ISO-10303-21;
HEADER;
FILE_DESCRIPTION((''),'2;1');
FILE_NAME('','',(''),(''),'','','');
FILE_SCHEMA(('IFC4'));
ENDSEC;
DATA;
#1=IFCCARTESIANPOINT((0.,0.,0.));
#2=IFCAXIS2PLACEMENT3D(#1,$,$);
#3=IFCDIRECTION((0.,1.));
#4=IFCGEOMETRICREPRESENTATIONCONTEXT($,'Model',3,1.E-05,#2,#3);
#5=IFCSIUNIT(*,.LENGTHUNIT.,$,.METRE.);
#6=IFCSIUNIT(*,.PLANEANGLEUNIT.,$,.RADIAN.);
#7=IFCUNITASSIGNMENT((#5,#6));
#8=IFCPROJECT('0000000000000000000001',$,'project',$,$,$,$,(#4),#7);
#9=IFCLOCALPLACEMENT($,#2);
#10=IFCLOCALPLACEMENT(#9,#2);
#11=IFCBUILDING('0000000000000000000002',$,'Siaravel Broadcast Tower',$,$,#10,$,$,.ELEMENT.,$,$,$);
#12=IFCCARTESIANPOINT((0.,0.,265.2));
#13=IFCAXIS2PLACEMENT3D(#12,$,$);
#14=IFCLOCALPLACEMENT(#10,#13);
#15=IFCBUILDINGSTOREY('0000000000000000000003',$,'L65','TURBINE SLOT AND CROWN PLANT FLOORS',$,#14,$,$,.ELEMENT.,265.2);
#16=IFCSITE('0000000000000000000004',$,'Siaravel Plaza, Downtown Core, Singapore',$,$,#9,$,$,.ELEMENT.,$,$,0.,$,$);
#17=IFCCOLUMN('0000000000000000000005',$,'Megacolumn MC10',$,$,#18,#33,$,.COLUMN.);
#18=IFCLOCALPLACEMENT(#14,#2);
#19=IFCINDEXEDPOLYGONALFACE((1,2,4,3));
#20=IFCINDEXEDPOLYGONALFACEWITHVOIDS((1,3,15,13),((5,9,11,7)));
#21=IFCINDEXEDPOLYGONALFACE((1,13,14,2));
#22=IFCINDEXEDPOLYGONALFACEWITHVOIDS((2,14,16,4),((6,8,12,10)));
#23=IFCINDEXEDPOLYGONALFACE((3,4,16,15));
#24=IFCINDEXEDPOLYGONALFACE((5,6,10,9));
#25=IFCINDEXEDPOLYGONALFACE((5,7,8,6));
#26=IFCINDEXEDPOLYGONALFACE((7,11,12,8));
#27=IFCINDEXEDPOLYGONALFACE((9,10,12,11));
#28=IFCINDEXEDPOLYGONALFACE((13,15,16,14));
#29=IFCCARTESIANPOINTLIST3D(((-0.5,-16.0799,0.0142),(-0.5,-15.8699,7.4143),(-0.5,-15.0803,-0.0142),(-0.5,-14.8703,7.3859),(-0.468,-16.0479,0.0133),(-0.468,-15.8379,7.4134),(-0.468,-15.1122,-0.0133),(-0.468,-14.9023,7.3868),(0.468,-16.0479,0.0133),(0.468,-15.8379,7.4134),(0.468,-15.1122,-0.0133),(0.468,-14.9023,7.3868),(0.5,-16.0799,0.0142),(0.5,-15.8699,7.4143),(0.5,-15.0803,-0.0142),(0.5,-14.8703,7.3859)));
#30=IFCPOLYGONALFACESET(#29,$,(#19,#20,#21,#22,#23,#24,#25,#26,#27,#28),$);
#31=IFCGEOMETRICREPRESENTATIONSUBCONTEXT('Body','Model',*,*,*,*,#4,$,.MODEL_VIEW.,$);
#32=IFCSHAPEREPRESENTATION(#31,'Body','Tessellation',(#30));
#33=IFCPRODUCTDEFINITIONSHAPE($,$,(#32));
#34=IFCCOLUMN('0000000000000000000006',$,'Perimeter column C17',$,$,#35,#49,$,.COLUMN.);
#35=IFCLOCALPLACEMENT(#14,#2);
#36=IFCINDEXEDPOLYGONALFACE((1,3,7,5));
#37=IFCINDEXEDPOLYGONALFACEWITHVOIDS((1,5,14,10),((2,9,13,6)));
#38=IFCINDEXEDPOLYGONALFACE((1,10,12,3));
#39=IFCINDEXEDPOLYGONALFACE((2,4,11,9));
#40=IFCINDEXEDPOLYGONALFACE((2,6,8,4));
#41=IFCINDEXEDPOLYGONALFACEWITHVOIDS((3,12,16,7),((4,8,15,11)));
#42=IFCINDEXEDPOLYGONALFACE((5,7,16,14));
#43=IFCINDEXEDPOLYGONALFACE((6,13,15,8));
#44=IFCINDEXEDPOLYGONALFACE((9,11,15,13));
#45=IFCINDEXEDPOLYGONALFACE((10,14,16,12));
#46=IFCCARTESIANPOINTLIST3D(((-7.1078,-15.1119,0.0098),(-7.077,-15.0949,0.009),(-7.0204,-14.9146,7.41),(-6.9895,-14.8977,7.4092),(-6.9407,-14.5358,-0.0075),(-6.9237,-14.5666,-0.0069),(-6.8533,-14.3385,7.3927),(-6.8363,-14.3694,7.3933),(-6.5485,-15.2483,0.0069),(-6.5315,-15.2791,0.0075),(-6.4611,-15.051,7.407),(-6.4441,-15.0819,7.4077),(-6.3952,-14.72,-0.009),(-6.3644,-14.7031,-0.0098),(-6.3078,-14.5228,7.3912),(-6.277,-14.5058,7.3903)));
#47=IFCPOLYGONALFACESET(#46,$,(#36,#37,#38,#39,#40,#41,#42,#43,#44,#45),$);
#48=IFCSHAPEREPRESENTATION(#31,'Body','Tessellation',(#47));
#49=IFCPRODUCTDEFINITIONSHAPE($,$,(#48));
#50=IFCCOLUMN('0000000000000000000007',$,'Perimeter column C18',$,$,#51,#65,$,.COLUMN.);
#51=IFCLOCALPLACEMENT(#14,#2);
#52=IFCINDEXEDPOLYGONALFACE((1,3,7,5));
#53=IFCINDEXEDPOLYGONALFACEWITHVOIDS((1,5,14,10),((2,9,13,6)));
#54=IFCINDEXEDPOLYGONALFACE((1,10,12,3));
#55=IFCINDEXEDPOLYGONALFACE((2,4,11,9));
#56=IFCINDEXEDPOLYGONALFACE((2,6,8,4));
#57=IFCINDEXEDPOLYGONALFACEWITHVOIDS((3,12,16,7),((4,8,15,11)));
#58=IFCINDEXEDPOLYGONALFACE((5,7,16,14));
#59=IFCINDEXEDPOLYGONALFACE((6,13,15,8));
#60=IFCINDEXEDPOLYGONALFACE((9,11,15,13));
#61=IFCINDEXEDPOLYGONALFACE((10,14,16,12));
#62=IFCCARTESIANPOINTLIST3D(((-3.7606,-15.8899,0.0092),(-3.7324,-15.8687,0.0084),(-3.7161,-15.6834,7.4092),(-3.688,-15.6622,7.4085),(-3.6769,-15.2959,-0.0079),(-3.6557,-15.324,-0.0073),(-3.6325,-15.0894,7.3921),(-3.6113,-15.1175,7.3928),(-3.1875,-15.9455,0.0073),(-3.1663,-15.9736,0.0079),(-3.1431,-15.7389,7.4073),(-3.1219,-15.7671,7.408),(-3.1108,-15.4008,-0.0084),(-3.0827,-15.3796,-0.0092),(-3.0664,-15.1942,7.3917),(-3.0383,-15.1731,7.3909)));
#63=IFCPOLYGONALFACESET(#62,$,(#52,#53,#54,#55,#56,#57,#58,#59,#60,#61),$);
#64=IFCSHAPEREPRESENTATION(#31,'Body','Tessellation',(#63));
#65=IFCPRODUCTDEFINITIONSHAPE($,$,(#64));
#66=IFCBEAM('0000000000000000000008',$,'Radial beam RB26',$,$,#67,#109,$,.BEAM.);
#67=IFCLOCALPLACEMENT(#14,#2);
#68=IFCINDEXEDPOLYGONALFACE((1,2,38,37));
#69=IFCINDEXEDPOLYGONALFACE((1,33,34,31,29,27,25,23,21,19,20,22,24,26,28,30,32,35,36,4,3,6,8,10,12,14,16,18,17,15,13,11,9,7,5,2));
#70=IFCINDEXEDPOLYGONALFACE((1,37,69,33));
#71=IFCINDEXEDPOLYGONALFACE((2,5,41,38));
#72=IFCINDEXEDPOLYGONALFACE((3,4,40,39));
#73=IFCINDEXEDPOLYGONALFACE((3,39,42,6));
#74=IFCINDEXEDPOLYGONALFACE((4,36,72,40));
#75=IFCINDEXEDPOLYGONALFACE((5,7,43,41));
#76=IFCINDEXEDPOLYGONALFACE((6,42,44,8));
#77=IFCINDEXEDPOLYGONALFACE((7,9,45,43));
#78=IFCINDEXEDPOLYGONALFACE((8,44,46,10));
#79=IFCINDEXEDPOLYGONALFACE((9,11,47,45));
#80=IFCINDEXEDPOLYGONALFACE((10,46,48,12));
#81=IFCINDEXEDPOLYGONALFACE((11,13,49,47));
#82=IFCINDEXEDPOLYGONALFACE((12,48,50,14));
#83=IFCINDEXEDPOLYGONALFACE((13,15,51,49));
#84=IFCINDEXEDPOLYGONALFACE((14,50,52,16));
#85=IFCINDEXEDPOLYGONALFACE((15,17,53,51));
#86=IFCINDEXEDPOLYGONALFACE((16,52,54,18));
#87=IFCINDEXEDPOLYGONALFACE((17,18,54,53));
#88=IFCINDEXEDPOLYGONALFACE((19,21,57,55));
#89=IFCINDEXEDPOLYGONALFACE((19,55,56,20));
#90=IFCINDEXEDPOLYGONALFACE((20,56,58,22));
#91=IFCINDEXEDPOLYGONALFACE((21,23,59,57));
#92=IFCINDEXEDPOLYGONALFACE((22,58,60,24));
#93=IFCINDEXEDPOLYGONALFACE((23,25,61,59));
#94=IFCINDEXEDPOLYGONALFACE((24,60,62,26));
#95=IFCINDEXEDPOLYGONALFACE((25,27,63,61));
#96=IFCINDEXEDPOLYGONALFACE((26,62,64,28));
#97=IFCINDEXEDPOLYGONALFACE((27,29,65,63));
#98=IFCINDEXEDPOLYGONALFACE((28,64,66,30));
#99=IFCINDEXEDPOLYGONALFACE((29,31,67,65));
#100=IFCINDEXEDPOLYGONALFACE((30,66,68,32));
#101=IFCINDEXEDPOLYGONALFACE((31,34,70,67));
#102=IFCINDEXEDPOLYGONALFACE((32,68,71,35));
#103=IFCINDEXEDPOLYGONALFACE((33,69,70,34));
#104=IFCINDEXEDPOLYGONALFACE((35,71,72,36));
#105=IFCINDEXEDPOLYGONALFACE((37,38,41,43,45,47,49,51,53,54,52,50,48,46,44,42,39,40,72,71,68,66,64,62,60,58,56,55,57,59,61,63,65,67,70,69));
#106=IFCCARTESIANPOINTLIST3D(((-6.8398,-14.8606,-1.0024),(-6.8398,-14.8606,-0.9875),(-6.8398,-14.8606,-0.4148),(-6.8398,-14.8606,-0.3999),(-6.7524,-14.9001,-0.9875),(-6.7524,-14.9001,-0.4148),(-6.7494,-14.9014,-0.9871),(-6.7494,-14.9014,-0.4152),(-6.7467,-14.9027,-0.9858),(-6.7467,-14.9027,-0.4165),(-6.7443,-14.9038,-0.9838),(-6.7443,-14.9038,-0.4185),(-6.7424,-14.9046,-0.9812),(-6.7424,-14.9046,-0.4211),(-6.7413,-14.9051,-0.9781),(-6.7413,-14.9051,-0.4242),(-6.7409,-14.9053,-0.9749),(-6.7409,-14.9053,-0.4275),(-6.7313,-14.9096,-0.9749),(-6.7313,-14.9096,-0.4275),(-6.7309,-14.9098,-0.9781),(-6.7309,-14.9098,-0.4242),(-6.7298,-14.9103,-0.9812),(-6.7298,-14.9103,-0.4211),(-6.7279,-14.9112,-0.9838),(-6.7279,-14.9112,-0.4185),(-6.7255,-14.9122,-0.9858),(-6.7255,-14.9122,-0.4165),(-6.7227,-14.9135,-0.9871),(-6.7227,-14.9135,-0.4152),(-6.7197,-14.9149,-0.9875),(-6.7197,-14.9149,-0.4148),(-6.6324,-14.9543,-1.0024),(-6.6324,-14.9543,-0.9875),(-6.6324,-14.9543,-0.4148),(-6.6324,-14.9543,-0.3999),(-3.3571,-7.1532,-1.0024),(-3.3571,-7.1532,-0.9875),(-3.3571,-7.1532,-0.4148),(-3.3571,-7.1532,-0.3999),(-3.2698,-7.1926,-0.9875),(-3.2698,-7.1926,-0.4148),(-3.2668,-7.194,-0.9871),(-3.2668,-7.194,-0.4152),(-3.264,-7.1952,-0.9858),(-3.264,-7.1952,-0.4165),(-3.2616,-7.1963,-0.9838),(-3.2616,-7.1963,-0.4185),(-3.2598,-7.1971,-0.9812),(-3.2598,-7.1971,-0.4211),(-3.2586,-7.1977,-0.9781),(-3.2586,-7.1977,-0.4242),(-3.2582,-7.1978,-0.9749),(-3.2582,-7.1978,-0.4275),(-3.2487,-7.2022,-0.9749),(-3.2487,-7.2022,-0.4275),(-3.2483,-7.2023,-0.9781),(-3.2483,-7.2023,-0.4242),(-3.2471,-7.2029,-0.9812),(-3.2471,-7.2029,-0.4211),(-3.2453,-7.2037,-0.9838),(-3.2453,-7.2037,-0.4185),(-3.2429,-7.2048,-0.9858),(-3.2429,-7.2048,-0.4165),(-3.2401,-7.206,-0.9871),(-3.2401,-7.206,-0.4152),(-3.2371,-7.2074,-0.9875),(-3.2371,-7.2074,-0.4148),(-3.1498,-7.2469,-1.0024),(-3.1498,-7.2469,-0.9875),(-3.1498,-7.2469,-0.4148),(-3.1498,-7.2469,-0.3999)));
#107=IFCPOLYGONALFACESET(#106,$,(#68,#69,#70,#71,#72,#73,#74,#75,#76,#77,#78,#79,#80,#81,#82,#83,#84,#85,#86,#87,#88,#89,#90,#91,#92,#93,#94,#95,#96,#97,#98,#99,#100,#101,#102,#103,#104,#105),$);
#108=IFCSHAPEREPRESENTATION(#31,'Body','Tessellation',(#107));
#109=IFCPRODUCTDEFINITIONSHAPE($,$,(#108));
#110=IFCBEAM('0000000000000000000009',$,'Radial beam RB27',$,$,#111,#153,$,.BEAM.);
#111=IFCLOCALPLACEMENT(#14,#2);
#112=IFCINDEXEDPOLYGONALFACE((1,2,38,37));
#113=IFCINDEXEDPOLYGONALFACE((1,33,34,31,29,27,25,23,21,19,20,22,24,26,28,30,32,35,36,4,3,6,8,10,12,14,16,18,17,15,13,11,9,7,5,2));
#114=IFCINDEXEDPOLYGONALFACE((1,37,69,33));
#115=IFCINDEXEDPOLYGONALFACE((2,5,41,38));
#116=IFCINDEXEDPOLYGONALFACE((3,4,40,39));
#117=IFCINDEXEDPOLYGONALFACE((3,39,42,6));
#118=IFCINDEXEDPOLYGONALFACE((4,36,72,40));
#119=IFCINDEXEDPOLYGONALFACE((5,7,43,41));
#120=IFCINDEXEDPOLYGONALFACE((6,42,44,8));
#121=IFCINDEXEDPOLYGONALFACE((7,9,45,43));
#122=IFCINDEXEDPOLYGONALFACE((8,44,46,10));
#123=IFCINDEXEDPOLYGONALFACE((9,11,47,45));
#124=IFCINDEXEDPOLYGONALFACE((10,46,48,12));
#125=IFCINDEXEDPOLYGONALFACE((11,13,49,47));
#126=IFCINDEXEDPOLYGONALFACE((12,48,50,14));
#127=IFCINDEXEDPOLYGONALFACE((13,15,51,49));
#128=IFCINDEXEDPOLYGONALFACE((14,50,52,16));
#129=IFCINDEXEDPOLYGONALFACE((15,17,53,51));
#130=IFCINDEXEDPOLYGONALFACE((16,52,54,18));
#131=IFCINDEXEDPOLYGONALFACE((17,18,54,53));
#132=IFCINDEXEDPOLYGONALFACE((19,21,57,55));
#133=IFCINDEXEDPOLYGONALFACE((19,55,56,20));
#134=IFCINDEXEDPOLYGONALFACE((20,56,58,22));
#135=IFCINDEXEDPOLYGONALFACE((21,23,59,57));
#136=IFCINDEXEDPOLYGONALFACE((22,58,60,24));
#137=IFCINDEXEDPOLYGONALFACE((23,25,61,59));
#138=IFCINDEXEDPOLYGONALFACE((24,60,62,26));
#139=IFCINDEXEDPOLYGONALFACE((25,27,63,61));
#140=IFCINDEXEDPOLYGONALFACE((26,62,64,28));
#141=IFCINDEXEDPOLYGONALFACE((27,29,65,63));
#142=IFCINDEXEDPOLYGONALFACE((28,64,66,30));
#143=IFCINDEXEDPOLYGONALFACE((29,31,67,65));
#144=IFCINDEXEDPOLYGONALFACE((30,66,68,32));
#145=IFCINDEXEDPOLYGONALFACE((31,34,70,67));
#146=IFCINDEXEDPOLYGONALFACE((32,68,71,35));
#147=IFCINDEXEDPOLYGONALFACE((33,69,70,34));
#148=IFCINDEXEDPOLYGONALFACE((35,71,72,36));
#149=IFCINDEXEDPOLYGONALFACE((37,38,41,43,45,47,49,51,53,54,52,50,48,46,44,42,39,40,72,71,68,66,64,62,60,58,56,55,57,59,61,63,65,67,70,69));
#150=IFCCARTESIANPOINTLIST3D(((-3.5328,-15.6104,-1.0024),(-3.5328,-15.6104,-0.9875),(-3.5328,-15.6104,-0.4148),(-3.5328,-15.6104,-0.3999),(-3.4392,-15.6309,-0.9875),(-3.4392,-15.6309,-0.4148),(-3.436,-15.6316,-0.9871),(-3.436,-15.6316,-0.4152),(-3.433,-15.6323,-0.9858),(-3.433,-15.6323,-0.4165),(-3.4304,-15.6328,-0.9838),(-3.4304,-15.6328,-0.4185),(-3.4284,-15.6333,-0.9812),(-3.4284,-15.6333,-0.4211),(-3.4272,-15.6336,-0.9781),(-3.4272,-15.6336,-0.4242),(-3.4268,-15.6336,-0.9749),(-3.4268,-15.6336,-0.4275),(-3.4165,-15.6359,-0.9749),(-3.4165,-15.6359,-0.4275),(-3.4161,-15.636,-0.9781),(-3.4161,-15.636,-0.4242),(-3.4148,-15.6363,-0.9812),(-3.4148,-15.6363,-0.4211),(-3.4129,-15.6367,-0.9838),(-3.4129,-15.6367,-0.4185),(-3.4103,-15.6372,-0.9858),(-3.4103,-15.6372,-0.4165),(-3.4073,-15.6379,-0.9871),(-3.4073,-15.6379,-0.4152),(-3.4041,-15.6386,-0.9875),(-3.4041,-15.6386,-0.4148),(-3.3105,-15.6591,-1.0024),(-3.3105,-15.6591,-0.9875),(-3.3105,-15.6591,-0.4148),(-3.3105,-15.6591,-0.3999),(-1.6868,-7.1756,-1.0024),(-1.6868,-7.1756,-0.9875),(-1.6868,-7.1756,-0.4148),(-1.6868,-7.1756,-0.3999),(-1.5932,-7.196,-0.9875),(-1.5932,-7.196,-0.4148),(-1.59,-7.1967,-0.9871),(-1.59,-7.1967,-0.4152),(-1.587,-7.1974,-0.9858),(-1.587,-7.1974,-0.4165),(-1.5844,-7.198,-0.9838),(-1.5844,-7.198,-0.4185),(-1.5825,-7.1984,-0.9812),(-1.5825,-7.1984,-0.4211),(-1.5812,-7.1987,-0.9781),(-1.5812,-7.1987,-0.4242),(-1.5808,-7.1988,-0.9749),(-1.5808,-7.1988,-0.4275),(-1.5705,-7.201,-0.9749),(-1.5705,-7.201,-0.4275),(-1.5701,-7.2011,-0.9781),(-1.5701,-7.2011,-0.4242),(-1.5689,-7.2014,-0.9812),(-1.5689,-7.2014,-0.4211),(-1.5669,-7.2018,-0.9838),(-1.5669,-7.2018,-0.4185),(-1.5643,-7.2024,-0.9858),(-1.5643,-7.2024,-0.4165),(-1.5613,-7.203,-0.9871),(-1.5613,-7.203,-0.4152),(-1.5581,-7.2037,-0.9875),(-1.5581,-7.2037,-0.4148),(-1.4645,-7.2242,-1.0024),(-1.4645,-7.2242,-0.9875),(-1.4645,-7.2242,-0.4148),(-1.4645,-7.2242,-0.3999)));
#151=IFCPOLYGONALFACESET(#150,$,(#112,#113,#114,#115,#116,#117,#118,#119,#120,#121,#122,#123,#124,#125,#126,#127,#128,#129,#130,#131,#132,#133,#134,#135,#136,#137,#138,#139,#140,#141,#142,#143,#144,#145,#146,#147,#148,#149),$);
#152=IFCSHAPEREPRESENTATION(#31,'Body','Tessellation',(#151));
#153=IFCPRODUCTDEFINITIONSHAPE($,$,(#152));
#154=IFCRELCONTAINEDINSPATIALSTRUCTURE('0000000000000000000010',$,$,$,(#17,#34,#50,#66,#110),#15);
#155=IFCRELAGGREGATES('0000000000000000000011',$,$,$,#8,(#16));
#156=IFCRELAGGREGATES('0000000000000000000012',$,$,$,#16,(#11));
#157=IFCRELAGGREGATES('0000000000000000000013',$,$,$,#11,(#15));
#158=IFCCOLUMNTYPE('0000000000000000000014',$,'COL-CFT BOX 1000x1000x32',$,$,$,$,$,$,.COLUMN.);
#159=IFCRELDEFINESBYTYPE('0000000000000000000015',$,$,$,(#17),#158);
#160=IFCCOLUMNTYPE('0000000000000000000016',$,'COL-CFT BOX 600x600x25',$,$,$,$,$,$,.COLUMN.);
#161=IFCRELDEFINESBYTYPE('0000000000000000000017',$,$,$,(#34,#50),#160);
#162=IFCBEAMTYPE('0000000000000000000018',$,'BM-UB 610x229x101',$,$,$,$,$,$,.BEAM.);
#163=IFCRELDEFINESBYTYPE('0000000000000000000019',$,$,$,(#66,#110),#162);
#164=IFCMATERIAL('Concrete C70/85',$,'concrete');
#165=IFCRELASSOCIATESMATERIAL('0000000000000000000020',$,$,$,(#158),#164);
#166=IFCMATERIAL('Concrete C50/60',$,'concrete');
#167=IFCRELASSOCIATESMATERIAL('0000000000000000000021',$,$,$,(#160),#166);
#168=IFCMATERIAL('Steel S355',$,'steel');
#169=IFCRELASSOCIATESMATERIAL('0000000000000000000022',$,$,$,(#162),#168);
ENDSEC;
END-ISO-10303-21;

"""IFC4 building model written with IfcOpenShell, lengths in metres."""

from ifc_helpers import new_model, si_unit, direction, frame, origin, origin_2d, place, context, subcontext, project, spatial, hollow_rectangle, i_section, extrude, material, material_profile, profile_set, type_object, element, save


model = new_model("IFC4")

# Units and contexts
model_context = context("Model", 3, precision=1e-05, world=origin(), true_north=direction((0.0, 1.0)))
body_context = subcontext(model_context, "Body", "Model", "MODEL_VIEW")
ifc_project = project(units=[si_unit("LENGTHUNIT", "METRE"), si_unit("PLANEANGLEUNIT", "RADIAN")], contexts=[model_context])

# Site, building, storey
site_placement = place(None, origin())
site = spatial("IfcSite", under=ifc_project, at=site_placement, Name="Siaravel Plaza, Downtown Core, Singapore", CompositionType="ELEMENT", RefElevation=0.0)
building_placement = place(site_placement, origin())
building = spatial("IfcBuilding", under=site, at=building_placement, Name="Siaravel Broadcast Tower", CompositionType="ELEMENT")
storey_placement = place(building_placement, frame((0.0, 0.0, 265.2)))
storey = spatial("IfcBuildingStorey", under=building, at=storey_placement, Name="L65", Description="TURBINE SLOT AND CROWN PLANT FLOORS", CompositionType="ELEMENT", Elevation=265.2)

# Columns
ifc_material_1 = material(Name="Concrete C70/85", Category="concrete")
ifc_material_profile_1 = material_profile(ifc_material_1, hollow_rectangle(XDim=1.0, YDim=1.0, WallThickness=0.032, at=origin_2d()))
ifc_profile_set_1 = profile_set([ifc_material_profile_1], Name="Concrete C70/85")
column_type_1 = type_object("IfcColumnType", Name="COL-CFT BOX 1000x1000x32", PredefinedType="COLUMN", material=ifc_profile_set_1)
column_1_placement = place(storey_placement, frame((0.0, -15.5801, 0.0), z_axis=(0.0, 0.028361, 0.999598), x_axis=(-1.0, 0.0, 0.0)))
element("IfcColumn", 1, at=column_1_placement, inside=storey, type_object=column_type_1, Name="Megacolumn MC10", PredefinedType="COLUMN", context=body_context, shape_type="SweptSolid", body=[
    extrude(hollow_rectangle(XDim=1.0, YDim=1.0, WallThickness=0.032, at=origin_2d()), origin(), (0.0, 0.0, 1.0), 7.4031),
])
ifc_material_2 = material(Name="Concrete C50/60", Category="concrete")
ifc_material_profile_2 = material_profile(ifc_material_2, hollow_rectangle(XDim=0.6001, YDim=0.6001, WallThickness=0.0249, at=origin_2d()))
ifc_profile_set_2 = profile_set([ifc_material_profile_2], Name="Concrete C50/60")
column_type_2 = type_object("IfcColumnType", Name="COL-CFT BOX 600x600x25", PredefinedType="COLUMN", material=ifc_profile_set_2)
column_2_placement = place(storey_placement, frame((-6.7361, -14.9075, 0.0), z_axis=(0.011806, 0.026646, 0.999575), x_axis=(-0.960365, 0.278719, 0.003913)))
element("IfcColumn", 2, at=column_2_placement, inside=storey, type_object=column_type_2, Name="Perimeter column C17", PredefinedType="COLUMN", context=body_context, shape_type="SweptSolid", body=[
    extrude(hollow_rectangle(XDim=0.6001, YDim=0.6001, WallThickness=0.0249, at=origin_2d()), origin(), (0.0, 0.0, 1.0), 7.4033),
])
column_3_placement = place(storey_placement, frame((-3.4216, -15.6348, 0.0), z_axis=(0.006002, 0.027899, 0.999593), x_axis=(-0.990225, 0.139461, 0.002053)))
element("IfcColumn", 3, at=column_3_placement, inside=storey, type_object=column_type_2, Name="Perimeter column C18", PredefinedType="COLUMN", context=body_context, shape_type="SweptSolid", body=[
    extrude(hollow_rectangle(XDim=0.6001, YDim=0.6001, WallThickness=0.0249, at=origin_2d()), origin(), (0.0, 0.0, 1.0), 7.4031),
])

# Beams
ifc_material_3 = material(Name="Steel S355", Category="steel")
ifc_material_profile_3 = material_profile(ifc_material_3, i_section(OverallWidth=0.2275, OverallDepth=0.6025, WebThickness=0.0105, FlangeThickness=0.0149, FilletRadius=0.0127, at=origin_2d()))
ifc_profile_set_3 = profile_set([ifc_material_profile_3], Name="Steel S355")
beam_type_1 = type_object("IfcBeamType", Name="BM-UB 610x229x101", PredefinedType="BEAM", material=ifc_profile_set_3)
beam_1_placement = place(storey_placement, frame((-6.7361, -14.9075, -0.7012), z_axis=(0.411768, 0.911288, 0.0), x_axis=(-0.911288, 0.411768, 0.0)))
element("IfcBeam", 4, at=beam_1_placement, inside=storey, type_object=beam_type_1, Name="Radial beam RB26", PredefinedType="BEAM", context=body_context, shape_type="SweptSolid", body=[
    extrude(i_section(OverallWidth=0.2275, OverallDepth=0.6025, WebThickness=0.0105, FlangeThickness=0.0149, FilletRadius=0.0127, at=origin_2d()), origin(), (0.0, 0.0, 1.0), 8.4578),
])
beam_2_placement = place(storey_placement, frame((-3.4216, -15.6348, -0.7012), z_axis=(0.213789, 0.97688, 0.0), x_axis=(-0.97688, 0.213789, 0.0)))
element("IfcBeam", 5, at=beam_2_placement, inside=storey, type_object=beam_type_1, Name="Radial beam RB27", PredefinedType="BEAM", context=body_context, shape_type="SweptSolid", body=[
    extrude(i_section(OverallWidth=0.2275, OverallDepth=0.6025, WebThickness=0.0105, FlangeThickness=0.0149, FilletRadius=0.0127, at=origin_2d()), origin(), (0.0, 0.0, 1.0), 8.6345),
])

save(model, "model.ifc")
